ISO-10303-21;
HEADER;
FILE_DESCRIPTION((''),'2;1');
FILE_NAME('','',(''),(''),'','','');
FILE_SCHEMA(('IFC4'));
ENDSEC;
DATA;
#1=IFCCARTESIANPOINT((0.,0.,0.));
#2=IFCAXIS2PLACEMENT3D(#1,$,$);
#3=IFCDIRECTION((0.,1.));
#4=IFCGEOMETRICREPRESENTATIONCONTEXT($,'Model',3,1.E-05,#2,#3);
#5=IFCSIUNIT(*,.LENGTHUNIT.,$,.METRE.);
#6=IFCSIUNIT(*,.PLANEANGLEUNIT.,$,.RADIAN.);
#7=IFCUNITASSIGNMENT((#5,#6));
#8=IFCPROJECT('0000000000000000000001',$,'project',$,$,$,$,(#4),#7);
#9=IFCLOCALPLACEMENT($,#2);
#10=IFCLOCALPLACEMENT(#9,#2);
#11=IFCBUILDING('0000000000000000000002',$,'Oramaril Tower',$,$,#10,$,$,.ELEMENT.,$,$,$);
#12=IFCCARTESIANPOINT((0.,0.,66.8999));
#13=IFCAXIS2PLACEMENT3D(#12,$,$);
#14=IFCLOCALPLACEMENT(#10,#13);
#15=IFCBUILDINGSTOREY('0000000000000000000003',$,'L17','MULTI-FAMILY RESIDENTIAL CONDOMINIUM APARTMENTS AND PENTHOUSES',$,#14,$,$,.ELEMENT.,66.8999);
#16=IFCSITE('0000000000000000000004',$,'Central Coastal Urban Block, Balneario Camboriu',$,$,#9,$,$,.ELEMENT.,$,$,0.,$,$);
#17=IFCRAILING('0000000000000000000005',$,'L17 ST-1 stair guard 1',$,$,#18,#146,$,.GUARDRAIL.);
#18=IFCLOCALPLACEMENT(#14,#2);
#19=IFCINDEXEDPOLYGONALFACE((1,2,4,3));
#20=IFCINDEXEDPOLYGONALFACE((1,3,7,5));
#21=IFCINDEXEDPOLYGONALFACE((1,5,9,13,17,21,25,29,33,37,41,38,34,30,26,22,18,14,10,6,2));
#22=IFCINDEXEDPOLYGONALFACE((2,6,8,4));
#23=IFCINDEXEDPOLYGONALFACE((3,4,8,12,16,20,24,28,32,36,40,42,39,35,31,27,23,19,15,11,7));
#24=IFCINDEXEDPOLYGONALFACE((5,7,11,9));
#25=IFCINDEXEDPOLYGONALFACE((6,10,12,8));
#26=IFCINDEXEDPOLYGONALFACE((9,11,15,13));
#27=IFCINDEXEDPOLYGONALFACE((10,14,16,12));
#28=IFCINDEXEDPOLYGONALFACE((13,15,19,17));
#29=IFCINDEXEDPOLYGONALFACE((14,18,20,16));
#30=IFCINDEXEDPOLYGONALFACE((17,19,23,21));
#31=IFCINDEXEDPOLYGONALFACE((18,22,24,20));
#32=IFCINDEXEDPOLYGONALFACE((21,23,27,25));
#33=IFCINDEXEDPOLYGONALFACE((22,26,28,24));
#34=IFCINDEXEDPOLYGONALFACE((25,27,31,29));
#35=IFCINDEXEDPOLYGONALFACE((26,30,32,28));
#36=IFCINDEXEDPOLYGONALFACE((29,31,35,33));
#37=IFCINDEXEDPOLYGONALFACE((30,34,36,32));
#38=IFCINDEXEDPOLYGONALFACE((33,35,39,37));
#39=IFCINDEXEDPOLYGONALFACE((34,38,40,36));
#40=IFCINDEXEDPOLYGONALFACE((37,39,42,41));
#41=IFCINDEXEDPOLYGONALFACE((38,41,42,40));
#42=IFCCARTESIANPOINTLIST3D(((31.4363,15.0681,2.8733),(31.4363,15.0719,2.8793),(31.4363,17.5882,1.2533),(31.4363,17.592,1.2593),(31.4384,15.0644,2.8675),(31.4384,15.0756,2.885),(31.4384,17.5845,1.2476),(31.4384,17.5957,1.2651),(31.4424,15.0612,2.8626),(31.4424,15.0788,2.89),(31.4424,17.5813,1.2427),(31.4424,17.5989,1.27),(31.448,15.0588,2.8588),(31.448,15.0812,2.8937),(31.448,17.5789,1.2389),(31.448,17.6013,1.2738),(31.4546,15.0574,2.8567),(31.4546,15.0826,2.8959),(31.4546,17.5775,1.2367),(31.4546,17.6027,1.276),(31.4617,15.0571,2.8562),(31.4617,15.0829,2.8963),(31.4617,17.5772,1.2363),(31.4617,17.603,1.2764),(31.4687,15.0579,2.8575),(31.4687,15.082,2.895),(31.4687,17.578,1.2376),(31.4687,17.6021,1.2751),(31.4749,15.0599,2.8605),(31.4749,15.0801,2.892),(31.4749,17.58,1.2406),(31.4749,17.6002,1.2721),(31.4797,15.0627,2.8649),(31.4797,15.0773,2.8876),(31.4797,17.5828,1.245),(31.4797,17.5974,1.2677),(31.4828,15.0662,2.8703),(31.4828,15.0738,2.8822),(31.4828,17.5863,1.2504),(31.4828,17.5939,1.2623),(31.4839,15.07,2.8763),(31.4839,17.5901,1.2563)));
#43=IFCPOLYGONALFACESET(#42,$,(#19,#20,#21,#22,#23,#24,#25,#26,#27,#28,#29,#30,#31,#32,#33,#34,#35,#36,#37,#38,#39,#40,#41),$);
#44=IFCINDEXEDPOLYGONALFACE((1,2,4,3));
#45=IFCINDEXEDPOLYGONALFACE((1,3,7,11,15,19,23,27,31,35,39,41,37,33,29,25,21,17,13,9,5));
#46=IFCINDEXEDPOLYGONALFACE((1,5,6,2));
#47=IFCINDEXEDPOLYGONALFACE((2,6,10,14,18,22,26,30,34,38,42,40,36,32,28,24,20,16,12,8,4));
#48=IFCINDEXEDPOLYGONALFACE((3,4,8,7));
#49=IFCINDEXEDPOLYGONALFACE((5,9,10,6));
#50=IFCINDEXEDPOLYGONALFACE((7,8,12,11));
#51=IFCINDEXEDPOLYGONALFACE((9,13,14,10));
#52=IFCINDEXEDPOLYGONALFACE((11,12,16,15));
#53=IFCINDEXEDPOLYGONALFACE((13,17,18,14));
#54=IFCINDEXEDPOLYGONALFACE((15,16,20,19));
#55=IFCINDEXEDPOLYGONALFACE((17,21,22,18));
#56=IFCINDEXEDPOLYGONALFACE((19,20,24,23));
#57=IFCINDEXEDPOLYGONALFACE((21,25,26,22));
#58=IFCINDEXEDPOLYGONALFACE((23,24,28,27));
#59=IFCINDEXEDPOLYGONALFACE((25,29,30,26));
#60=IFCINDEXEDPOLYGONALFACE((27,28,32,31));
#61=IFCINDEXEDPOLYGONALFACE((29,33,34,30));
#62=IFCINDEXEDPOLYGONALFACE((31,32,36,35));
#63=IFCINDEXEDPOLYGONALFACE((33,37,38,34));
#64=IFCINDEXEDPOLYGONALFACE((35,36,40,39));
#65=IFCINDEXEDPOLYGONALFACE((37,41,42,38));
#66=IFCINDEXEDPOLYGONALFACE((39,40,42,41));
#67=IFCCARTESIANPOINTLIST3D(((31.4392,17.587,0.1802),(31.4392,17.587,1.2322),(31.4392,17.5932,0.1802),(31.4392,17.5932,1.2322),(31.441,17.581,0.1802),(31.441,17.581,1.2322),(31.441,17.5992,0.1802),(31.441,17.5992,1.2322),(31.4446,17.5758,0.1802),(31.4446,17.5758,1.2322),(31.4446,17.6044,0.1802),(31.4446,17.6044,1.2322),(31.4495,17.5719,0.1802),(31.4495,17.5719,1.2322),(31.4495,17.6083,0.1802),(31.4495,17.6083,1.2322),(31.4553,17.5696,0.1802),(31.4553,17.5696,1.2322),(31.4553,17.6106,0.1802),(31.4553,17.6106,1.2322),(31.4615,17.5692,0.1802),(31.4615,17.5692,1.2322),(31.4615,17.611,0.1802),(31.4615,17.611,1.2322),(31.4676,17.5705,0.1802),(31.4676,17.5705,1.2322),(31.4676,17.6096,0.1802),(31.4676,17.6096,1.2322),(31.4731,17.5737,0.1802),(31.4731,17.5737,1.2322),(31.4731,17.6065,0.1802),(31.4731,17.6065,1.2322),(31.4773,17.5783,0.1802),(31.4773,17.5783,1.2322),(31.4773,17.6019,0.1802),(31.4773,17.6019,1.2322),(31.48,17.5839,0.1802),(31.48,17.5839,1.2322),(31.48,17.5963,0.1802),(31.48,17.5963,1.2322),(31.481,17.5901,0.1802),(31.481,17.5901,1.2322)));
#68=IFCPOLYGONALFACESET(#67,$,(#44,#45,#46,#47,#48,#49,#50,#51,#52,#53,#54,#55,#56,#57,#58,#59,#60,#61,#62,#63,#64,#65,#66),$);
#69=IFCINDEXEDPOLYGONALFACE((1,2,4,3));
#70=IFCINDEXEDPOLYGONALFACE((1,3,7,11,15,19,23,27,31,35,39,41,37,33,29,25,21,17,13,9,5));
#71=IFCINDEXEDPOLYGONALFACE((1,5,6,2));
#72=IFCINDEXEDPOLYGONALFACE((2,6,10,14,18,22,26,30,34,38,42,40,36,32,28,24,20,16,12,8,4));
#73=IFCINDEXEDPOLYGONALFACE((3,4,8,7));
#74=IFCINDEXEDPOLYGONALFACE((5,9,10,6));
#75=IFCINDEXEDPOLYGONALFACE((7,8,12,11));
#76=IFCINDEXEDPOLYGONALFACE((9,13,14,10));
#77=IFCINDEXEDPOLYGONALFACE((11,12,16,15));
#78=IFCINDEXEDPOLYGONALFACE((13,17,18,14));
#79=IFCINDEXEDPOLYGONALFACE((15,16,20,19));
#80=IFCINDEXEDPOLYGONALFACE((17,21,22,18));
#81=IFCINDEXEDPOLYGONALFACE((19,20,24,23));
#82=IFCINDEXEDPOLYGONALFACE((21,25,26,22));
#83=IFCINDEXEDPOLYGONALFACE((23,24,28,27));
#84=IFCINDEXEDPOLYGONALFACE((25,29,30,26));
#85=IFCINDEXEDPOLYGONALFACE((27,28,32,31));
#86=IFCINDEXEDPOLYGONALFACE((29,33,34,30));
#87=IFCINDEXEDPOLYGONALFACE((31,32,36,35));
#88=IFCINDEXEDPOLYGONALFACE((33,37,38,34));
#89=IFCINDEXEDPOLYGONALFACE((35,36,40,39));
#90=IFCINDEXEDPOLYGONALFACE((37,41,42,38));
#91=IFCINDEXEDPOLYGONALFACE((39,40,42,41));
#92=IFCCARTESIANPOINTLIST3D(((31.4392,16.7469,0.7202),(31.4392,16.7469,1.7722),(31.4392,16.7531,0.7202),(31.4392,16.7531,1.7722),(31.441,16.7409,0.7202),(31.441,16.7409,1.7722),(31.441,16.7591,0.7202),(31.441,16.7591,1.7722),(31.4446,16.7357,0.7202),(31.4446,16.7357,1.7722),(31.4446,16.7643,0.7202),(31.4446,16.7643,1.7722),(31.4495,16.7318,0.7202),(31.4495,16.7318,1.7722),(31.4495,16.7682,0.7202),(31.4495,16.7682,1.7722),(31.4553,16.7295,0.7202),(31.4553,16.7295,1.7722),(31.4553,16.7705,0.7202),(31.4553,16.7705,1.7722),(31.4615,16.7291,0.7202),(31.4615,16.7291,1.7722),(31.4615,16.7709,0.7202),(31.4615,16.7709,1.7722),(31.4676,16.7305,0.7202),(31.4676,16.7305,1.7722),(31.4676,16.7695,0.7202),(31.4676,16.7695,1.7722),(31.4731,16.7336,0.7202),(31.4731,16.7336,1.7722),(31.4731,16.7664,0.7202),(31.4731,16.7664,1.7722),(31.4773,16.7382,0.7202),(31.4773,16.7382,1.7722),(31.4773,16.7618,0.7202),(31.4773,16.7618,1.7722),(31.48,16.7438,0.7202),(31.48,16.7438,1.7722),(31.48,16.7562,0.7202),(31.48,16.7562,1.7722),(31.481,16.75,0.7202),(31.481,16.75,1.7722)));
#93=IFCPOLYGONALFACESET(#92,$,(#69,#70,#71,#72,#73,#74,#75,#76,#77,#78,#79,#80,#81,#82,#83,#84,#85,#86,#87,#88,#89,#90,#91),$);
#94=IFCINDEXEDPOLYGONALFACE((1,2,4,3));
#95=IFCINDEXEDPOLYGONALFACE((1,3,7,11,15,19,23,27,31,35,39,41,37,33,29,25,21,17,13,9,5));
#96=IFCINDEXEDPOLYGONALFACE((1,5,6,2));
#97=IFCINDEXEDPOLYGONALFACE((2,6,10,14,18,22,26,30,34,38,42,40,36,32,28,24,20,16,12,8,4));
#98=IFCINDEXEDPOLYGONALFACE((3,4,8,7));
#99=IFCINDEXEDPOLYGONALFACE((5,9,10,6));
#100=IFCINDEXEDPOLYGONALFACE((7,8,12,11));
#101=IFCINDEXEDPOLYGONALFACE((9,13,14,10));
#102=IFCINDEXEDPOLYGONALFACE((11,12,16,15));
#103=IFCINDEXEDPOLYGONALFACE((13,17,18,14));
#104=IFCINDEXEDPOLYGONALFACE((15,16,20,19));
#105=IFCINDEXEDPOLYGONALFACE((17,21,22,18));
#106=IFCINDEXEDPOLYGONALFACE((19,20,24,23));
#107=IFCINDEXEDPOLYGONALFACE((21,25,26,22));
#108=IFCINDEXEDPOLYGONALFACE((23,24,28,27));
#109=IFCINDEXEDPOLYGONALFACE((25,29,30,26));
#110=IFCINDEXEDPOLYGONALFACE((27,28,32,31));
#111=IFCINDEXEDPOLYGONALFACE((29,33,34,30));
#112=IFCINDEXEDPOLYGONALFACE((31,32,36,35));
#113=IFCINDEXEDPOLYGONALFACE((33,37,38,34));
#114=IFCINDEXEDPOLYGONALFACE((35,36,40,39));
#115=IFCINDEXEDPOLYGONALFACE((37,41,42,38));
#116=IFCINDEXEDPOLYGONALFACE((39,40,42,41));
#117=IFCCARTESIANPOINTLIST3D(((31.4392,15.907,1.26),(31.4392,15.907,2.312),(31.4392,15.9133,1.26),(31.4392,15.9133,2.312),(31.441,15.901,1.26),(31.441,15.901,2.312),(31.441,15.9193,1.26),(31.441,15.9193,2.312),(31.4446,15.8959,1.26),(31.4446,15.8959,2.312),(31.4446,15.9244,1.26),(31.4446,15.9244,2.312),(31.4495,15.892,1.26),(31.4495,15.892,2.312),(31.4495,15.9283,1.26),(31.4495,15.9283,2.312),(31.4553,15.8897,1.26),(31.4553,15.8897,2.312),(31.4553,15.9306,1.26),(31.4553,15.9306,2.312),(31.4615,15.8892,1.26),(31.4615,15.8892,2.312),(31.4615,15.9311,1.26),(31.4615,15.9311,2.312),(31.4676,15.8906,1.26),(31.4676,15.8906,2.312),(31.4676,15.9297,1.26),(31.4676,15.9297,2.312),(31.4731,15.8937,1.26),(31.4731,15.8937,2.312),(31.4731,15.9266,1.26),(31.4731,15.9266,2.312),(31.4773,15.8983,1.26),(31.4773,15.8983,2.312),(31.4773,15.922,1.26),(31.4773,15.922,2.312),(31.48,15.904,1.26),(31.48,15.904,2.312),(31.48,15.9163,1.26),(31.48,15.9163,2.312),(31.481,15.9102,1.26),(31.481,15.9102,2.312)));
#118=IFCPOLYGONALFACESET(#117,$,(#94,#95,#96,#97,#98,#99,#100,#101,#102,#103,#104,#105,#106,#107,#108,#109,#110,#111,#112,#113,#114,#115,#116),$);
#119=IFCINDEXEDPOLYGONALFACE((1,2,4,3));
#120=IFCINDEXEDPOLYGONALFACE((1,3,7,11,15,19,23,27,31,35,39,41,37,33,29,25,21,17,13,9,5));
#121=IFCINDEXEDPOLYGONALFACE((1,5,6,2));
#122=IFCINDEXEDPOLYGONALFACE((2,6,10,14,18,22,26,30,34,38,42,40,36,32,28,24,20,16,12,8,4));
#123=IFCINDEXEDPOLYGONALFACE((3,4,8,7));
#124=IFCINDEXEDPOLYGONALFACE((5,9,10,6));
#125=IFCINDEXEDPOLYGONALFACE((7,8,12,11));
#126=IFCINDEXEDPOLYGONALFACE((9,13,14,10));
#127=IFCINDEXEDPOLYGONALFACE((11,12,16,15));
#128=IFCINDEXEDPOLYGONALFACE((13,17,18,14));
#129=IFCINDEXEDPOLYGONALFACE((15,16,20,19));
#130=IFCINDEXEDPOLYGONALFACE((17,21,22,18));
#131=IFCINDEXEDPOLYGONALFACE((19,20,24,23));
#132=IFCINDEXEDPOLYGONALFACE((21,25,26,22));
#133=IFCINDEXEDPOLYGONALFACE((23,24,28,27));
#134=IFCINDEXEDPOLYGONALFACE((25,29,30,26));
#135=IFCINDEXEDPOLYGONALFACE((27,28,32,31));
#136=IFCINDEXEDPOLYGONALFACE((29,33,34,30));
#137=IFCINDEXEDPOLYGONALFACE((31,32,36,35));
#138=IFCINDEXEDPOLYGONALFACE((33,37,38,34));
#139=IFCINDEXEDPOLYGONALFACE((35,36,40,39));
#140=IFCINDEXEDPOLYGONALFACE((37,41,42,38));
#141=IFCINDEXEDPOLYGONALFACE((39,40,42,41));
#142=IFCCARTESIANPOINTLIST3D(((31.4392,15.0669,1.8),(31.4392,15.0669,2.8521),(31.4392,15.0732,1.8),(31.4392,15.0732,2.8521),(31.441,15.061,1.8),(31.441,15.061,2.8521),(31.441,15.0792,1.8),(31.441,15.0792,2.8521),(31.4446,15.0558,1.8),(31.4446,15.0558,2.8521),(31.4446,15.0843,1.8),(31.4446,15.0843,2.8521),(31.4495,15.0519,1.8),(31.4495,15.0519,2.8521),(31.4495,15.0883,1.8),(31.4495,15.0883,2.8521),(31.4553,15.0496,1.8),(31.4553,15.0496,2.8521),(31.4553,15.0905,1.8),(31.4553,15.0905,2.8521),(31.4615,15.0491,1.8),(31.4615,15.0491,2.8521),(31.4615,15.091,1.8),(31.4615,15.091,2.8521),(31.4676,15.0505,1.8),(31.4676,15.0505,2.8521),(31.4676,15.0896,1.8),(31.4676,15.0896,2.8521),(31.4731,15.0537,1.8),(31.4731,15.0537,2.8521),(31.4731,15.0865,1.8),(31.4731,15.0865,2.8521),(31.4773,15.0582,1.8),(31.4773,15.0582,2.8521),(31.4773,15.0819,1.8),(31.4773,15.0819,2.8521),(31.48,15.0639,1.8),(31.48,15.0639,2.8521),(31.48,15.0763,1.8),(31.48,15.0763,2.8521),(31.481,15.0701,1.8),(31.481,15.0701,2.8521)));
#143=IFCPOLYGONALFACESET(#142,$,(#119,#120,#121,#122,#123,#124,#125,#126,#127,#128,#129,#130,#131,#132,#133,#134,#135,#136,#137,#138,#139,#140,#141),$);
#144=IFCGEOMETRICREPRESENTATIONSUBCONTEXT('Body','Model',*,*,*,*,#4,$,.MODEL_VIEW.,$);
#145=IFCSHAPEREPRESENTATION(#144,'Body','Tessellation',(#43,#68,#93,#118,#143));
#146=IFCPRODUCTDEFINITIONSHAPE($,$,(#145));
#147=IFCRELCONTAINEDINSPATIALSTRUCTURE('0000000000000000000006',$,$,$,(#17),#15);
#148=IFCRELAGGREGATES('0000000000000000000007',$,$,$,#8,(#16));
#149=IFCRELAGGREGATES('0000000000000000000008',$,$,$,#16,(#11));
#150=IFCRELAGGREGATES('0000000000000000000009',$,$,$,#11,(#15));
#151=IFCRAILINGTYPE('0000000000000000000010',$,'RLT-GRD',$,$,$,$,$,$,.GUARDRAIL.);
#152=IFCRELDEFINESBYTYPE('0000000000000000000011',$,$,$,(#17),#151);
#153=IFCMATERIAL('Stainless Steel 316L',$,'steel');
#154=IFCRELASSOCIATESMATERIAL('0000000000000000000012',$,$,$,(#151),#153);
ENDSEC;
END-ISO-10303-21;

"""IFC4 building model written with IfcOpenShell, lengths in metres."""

from ifc_helpers import new_model, si_unit, direction, frame, origin, origin_2d, place, context, subcontext, project, spatial, circle, extrude, material, type_object, element, save


model = new_model("IFC4")

# Units and contexts
model_context = context("Model", 3, precision=1e-05, world=origin(), true_north=direction((0.0, 1.0)))
body_context = subcontext(model_context, "Body", "Model", "MODEL_VIEW")
ifc_project = project(units=[si_unit("LENGTHUNIT", "METRE"), si_unit("PLANEANGLEUNIT", "RADIAN")], contexts=[model_context])

# Site, building, storey
site_placement = place(None, origin())
site = spatial("IfcSite", under=ifc_project, at=site_placement, Name="Central Coastal Urban Block, Balneario Camboriu", CompositionType="ELEMENT", RefElevation=0.0)
building_placement = place(site_placement, origin())
building = spatial("IfcBuilding", under=site, at=building_placement, Name="Oramaril Tower", CompositionType="ELEMENT")
storey_placement = place(building_placement, frame((0.0, 0.0, 66.8999)))
storey = spatial("IfcBuildingStorey", under=building, at=storey_placement, Name="L17", Description="MULTI-FAMILY RESIDENTIAL CONDOMINIUM APARTMENTS AND PENTHOUSES", CompositionType="ELEMENT", Elevation=66.8999)

# Railing
ifc_material_1 = material(Name="Stainless Steel 316L", Category="steel")
railing_type_1 = type_object("IfcRailingType", Name="RLT-GRD", PredefinedType="GUARDRAIL", material=ifc_material_1)
railing_1_placement = place(storey_placement, frame((31.46, 17.5901, 0.1802)))
element("IfcRailing", 1, at=railing_1_placement, inside=storey, type_object=railing_type_1, Name="L17 ST-1 stair guard 1", PredefinedType="GUARDRAIL", context=body_context, shape_type="SweptSolid", body=[
    extrude(circle(Radius=0.0239, at=origin_2d()), frame((0.0, 0.0, 1.0762), z_axis=(0.0, -0.8412, 0.540725), x_axis=(1.0, 0.0, 0.0)), (0.0, 0.0, 1.0), 2.9958),
    extrude(circle(Radius=0.021, at=origin_2d()), origin(), (0.0, 0.0, 1.0), 1.052),
    extrude(circle(Radius=0.021, at=origin_2d()), frame((0.0, -0.8401, 0.54)), (0.0, 0.0, 1.0), 1.052),
    extrude(circle(Radius=0.021, at=origin_2d()), frame((0.0, -1.6799, 1.0798)), (0.0, 0.0, 1.0), 1.052),
    extrude(circle(Radius=0.021, at=origin_2d()), frame((0.0, -2.52, 1.6199)), (0.0, 0.0, 1.0), 1.052),
])

save(model, "model.ifc")
